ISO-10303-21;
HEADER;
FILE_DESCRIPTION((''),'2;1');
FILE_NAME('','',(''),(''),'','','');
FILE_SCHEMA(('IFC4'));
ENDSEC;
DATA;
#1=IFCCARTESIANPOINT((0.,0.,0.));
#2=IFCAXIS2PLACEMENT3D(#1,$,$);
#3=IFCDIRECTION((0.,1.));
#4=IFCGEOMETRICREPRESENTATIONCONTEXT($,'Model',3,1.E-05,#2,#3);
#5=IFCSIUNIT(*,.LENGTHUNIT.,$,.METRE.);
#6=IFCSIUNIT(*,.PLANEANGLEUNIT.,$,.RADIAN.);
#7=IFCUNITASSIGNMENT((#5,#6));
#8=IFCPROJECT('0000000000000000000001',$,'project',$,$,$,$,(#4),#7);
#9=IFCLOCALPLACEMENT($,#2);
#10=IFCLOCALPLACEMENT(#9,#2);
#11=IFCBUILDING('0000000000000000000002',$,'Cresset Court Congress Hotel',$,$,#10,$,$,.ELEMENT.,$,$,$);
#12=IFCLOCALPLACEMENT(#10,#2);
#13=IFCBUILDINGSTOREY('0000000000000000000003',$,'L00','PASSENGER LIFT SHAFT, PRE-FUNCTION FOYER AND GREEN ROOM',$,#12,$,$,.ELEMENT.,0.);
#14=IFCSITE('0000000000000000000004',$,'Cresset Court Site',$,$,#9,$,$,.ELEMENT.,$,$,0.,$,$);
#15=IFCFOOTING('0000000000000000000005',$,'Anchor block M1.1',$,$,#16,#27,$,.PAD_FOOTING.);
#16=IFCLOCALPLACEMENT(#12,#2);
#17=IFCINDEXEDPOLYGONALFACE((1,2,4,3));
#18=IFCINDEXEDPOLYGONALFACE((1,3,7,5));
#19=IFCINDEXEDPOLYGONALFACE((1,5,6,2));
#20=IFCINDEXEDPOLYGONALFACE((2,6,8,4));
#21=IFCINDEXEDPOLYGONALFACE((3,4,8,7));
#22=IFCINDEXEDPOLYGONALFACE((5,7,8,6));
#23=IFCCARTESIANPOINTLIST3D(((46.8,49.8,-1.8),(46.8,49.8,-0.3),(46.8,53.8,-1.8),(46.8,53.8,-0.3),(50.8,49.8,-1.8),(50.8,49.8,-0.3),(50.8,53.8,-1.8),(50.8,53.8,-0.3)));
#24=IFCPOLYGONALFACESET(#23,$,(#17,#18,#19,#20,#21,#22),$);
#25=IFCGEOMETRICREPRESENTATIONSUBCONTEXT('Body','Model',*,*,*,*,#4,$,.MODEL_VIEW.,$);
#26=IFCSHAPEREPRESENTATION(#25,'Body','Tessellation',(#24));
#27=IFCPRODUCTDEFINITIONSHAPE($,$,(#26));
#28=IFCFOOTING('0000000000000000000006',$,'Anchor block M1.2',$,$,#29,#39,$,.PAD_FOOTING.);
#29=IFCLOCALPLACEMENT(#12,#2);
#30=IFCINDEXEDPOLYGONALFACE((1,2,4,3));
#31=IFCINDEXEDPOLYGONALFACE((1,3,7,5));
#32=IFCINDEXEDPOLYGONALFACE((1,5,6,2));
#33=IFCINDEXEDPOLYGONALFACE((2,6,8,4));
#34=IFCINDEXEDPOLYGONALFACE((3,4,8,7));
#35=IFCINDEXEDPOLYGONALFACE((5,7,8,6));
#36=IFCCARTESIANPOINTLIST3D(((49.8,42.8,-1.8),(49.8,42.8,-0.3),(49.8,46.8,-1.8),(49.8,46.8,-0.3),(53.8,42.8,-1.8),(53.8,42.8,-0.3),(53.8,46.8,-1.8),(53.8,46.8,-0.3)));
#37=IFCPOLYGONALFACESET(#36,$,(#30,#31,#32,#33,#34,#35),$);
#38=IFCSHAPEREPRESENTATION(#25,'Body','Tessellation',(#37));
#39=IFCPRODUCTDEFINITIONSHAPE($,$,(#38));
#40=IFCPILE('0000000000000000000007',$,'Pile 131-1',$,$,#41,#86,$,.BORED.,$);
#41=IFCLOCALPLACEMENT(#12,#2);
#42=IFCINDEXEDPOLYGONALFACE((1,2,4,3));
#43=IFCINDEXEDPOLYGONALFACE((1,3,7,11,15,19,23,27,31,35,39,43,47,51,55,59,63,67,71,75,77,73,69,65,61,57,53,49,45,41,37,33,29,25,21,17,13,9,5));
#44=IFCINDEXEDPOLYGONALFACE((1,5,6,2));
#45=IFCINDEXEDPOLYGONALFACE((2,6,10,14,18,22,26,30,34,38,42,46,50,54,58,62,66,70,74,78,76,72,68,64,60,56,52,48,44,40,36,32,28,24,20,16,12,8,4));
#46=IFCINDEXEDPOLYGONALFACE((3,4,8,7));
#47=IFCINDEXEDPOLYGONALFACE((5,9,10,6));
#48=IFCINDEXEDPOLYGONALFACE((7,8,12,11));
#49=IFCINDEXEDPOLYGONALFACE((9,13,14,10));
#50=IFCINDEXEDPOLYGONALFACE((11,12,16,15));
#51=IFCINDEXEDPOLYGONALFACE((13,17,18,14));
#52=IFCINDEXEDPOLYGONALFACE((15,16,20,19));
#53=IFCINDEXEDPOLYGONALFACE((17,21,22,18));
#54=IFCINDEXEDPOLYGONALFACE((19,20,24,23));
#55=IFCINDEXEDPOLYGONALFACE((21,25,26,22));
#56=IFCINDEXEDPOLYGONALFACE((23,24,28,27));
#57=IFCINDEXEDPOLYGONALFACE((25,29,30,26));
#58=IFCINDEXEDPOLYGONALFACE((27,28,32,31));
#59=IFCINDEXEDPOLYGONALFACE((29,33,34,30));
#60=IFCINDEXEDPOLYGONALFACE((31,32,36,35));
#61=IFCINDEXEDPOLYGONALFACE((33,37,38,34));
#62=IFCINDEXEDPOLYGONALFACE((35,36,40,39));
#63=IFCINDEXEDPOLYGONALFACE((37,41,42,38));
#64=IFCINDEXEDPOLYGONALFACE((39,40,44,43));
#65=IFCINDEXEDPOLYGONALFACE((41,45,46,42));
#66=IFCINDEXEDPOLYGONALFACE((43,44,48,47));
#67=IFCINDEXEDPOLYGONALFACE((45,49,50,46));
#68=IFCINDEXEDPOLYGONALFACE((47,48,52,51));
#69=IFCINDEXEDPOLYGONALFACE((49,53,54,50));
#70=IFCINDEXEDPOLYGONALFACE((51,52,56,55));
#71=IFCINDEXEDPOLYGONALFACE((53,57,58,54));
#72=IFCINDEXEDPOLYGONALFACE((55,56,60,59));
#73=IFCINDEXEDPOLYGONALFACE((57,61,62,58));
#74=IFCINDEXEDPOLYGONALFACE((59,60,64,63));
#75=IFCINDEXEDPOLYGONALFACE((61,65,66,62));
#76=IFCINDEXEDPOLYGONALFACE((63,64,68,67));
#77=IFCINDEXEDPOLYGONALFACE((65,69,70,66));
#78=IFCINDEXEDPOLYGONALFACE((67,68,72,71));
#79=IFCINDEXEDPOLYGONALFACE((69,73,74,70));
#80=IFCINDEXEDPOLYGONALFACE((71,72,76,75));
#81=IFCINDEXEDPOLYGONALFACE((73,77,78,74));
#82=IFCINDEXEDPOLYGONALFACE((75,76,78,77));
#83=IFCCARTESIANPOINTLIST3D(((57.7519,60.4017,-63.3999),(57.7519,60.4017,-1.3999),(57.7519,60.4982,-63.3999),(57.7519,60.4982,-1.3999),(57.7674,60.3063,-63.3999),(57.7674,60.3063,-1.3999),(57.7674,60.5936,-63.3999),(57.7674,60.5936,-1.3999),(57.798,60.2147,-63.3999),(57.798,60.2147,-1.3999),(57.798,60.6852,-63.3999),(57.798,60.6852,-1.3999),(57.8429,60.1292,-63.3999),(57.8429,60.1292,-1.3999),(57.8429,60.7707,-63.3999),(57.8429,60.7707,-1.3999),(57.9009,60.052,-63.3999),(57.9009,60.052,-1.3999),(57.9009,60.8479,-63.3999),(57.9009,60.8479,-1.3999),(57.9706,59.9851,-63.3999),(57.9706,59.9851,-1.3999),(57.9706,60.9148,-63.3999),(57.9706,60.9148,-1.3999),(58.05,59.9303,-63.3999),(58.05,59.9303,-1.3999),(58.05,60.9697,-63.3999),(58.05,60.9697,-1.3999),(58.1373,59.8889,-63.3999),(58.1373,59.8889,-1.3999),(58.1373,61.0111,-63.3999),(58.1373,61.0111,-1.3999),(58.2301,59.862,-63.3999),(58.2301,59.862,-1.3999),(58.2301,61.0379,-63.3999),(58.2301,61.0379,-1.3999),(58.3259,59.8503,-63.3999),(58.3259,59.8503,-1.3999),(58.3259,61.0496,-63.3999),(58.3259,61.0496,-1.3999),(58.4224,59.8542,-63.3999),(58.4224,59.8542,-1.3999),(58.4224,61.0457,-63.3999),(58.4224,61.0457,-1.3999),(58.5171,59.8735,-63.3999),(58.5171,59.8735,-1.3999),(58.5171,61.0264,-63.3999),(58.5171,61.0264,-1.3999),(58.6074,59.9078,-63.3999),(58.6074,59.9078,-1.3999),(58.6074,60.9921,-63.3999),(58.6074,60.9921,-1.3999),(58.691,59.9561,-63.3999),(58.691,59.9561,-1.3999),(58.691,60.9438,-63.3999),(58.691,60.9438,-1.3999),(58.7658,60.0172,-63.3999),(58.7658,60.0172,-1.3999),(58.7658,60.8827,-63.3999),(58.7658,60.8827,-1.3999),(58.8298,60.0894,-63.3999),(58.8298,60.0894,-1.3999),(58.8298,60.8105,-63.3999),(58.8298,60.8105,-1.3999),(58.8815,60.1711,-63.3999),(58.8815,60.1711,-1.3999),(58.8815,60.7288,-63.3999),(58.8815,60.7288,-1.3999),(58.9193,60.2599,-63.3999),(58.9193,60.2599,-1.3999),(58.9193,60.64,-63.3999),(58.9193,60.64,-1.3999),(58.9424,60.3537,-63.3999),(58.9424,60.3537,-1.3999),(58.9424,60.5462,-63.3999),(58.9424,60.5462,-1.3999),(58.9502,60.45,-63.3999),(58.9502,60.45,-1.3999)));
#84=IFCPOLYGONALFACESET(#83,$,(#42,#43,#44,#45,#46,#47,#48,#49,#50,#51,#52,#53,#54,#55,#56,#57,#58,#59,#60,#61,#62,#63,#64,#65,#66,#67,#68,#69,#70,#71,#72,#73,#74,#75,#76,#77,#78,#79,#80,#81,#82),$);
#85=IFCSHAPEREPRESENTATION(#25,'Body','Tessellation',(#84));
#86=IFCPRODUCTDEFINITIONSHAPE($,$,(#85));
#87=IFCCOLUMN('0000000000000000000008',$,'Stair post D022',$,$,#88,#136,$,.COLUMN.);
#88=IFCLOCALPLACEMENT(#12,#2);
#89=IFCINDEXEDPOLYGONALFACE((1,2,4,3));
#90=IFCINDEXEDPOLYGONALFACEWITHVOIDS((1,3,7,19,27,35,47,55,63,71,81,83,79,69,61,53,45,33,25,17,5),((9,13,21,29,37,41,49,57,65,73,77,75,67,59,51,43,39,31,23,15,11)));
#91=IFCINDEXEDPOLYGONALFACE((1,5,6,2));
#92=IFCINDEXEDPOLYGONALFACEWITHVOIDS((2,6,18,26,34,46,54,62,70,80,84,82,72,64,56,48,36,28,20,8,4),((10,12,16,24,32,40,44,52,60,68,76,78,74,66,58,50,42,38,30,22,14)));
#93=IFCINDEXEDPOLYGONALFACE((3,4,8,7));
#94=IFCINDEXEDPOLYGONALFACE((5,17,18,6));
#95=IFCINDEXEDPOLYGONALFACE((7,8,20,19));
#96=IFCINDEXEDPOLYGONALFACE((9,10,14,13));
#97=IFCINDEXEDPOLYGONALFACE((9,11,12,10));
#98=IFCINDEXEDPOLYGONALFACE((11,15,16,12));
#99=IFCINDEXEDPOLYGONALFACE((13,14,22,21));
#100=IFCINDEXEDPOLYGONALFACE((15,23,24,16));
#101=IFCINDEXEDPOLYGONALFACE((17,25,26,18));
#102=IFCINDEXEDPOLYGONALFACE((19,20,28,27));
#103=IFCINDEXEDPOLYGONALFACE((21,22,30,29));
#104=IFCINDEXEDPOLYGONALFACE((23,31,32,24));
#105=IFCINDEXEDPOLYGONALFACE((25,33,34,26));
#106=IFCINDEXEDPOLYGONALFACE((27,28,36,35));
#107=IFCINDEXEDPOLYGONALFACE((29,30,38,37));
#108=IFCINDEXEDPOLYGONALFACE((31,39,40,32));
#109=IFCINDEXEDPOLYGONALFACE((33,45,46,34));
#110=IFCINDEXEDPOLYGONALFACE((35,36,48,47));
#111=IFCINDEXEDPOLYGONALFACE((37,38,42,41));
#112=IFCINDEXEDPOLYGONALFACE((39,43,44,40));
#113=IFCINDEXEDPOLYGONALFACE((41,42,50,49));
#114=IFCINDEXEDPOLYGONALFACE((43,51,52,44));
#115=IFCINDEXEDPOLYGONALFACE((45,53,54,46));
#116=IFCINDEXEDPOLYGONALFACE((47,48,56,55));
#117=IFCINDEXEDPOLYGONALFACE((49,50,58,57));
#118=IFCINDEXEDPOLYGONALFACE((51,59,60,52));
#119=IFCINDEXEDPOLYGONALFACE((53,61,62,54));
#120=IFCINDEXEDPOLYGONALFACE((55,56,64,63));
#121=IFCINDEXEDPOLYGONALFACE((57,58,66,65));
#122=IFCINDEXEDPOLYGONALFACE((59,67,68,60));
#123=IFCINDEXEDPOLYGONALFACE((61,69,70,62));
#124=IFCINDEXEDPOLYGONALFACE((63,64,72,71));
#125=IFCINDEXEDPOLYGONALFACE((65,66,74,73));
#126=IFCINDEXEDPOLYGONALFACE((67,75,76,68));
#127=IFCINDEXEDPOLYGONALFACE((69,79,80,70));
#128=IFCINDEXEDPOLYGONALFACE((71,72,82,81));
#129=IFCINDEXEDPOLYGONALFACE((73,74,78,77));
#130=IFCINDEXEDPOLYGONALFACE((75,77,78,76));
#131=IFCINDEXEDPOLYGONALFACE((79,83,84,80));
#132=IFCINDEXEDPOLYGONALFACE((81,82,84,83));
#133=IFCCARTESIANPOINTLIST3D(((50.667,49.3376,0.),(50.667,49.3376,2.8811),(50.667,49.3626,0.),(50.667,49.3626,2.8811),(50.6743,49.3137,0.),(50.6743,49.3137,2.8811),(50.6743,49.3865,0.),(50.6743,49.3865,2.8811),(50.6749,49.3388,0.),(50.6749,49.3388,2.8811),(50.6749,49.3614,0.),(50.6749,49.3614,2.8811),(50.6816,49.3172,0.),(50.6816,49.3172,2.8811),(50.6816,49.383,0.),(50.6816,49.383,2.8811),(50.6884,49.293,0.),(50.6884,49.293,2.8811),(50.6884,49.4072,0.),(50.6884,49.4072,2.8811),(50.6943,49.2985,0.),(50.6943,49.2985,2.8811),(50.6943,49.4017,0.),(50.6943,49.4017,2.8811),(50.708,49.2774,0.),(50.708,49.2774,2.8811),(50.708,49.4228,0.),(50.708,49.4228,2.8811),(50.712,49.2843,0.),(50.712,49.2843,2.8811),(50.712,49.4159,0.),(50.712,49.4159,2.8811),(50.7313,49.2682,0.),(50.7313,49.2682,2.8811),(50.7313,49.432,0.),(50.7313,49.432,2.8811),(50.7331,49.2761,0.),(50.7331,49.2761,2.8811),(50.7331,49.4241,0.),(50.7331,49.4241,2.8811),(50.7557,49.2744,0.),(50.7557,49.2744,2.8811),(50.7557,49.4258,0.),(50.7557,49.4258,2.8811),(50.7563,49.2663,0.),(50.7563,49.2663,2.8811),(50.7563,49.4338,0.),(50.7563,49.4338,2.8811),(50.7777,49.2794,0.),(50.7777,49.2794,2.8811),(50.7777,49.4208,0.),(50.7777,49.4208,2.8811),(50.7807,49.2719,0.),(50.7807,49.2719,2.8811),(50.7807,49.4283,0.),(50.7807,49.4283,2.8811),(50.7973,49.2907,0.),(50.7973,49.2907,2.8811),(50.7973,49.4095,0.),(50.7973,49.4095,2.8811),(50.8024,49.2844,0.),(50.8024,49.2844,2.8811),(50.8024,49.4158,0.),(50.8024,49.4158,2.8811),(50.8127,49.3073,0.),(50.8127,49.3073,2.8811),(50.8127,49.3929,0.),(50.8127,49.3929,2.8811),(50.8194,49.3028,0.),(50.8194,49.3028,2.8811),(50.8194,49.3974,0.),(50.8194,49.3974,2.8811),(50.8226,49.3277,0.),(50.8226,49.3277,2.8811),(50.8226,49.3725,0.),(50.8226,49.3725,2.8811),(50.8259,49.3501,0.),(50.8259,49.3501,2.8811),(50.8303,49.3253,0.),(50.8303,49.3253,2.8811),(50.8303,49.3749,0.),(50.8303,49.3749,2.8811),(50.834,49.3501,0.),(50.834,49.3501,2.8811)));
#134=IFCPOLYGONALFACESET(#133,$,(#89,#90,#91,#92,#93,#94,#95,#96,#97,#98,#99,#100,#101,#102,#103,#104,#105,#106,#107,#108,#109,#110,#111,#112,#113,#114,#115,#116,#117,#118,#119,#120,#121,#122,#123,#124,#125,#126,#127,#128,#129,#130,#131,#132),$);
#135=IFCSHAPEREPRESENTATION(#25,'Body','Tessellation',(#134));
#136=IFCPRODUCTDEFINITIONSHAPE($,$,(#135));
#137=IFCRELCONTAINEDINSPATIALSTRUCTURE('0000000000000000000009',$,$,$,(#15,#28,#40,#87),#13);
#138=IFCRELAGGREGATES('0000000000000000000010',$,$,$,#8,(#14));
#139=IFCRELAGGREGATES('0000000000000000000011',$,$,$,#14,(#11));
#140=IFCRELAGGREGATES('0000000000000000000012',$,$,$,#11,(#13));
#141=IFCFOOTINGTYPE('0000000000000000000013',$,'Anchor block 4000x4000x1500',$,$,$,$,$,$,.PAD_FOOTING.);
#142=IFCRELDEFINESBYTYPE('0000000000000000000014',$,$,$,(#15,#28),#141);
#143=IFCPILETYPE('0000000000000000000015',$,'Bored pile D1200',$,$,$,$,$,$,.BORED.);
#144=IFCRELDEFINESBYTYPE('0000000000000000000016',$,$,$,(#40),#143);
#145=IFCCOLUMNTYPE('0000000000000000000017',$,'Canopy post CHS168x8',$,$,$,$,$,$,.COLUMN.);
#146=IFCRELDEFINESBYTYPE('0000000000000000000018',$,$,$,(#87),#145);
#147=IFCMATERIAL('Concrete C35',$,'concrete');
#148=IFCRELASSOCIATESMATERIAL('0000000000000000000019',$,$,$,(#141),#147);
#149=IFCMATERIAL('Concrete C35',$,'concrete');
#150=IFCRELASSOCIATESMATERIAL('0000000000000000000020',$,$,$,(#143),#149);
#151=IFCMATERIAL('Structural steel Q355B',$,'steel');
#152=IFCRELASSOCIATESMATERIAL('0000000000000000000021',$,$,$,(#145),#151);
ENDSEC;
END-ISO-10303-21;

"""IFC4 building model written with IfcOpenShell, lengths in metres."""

from ifc_helpers import new_model, si_unit, direction, frame, origin, origin_2d, place, context, subcontext, project, spatial, rectangle, circle, hollow_circle, extrude, material, material_profile, profile_set, type_object, element, save


model = new_model("IFC4")

# Units and contexts
model_context = context("Model", 3, precision=1e-05, world=origin(), true_north=direction((0.0, 1.0)))
body_context = subcontext(model_context, "Body", "Model", "MODEL_VIEW")
ifc_project = project(units=[si_unit("LENGTHUNIT", "METRE"), si_unit("PLANEANGLEUNIT", "RADIAN")], contexts=[model_context])

# Site, building, storey
site_placement = place(None, origin())
site = spatial("IfcSite", under=ifc_project, at=site_placement, Name="Cresset Court Site", CompositionType="ELEMENT", RefElevation=0.0)
building_placement = place(site_placement, origin())
building = spatial("IfcBuilding", under=site, at=building_placement, Name="Cresset Court Congress Hotel", CompositionType="ELEMENT")
storey_placement = place(building_placement, origin())
storey = spatial("IfcBuildingStorey", under=building, at=storey_placement, Name="L00", Description="PASSENGER LIFT SHAFT, PRE-FUNCTION FOYER AND GREEN ROOM", CompositionType="ELEMENT", Elevation=0.0)

# Footings
ifc_material_1 = material(Name="Concrete C35", Category="concrete")
footing_type = type_object("IfcFootingType", Name="Anchor block 4000x4000x1500", PredefinedType="PAD_FOOTING", material=ifc_material_1)
for number, where, z_axis, x_axis, name in (
    (1, (48.8, 51.8, -1.8), (0.0, 0.0, 1.0), (1.0, 0.0, 0.0), "Anchor block M1.1"),
    (2, (51.8, 44.8, -1.8), (0.0, 0.0, 1.0), (1.0, 0.0, 0.0), "Anchor block M1.2"),
):
    element("IfcFooting", number, at=place(storey_placement, frame(where, z_axis=z_axis, x_axis=x_axis)), inside=storey, type_object=footing_type, Name=name, PredefinedType="PAD_FOOTING", context=body_context, shape_type="SweptSolid", body=[
        extrude(rectangle(XDim=4.0, YDim=4.0, at=origin_2d()), origin(), (0.0, 0.0, 1.0), 1.5),
    ])

# Pile
ifc_material_2 = material(Name="Concrete C35", Category="concrete")
pile_type = type_object("IfcPileType", Name="Bored pile D1200", PredefinedType="BORED", material=ifc_material_2)
pile_placement = place(storey_placement, frame((58.3501, 60.45, -1.3999), z_axis=(0.0, 0.0, -1.0), x_axis=(1.0, 0.0, 0.0)))
element("IfcPile", 3, at=pile_placement, inside=storey, type_object=pile_type, Name="Pile 131-1", PredefinedType="BORED", context=body_context, shape_type="SweptSolid", body=[
    extrude(circle(Radius=0.6001, at=origin_2d()), origin(), (0.0, 0.0, 1.0), 62.0),
])

# Column
ifc_material_3 = material(Name="Structural steel Q355B", Category="steel")
ifc_material_profile_1 = material_profile(ifc_material_3, hollow_circle(Radius=0.084, WallThickness=0.0081, at=origin_2d()), Name="CHS168x8")
ifc_profile_set_1 = profile_set([ifc_material_profile_1], Name="Structural steel Q355B")
column_type_1 = type_object("IfcColumnType", Name="Canopy post CHS168x8", PredefinedType="COLUMN", material=ifc_profile_set_1)
column_1_placement = place(storey_placement, frame((50.75, 49.3501, 0.0), z_axis=(0.0, 0.0, 1.0), x_axis=(1.0, 0.0, 0.0)))
element("IfcColumn", 4, at=column_1_placement, inside=storey, type_object=column_type_1, Name="Stair post D022", PredefinedType="COLUMN", context=body_context, shape_type="SweptSolid", body=[
    extrude(hollow_circle(Radius=0.084, WallThickness=0.0081, at=origin_2d()), origin(), (0.0, 0.0, 1.0), 2.8811),
])

save(model, "model.ifc")
